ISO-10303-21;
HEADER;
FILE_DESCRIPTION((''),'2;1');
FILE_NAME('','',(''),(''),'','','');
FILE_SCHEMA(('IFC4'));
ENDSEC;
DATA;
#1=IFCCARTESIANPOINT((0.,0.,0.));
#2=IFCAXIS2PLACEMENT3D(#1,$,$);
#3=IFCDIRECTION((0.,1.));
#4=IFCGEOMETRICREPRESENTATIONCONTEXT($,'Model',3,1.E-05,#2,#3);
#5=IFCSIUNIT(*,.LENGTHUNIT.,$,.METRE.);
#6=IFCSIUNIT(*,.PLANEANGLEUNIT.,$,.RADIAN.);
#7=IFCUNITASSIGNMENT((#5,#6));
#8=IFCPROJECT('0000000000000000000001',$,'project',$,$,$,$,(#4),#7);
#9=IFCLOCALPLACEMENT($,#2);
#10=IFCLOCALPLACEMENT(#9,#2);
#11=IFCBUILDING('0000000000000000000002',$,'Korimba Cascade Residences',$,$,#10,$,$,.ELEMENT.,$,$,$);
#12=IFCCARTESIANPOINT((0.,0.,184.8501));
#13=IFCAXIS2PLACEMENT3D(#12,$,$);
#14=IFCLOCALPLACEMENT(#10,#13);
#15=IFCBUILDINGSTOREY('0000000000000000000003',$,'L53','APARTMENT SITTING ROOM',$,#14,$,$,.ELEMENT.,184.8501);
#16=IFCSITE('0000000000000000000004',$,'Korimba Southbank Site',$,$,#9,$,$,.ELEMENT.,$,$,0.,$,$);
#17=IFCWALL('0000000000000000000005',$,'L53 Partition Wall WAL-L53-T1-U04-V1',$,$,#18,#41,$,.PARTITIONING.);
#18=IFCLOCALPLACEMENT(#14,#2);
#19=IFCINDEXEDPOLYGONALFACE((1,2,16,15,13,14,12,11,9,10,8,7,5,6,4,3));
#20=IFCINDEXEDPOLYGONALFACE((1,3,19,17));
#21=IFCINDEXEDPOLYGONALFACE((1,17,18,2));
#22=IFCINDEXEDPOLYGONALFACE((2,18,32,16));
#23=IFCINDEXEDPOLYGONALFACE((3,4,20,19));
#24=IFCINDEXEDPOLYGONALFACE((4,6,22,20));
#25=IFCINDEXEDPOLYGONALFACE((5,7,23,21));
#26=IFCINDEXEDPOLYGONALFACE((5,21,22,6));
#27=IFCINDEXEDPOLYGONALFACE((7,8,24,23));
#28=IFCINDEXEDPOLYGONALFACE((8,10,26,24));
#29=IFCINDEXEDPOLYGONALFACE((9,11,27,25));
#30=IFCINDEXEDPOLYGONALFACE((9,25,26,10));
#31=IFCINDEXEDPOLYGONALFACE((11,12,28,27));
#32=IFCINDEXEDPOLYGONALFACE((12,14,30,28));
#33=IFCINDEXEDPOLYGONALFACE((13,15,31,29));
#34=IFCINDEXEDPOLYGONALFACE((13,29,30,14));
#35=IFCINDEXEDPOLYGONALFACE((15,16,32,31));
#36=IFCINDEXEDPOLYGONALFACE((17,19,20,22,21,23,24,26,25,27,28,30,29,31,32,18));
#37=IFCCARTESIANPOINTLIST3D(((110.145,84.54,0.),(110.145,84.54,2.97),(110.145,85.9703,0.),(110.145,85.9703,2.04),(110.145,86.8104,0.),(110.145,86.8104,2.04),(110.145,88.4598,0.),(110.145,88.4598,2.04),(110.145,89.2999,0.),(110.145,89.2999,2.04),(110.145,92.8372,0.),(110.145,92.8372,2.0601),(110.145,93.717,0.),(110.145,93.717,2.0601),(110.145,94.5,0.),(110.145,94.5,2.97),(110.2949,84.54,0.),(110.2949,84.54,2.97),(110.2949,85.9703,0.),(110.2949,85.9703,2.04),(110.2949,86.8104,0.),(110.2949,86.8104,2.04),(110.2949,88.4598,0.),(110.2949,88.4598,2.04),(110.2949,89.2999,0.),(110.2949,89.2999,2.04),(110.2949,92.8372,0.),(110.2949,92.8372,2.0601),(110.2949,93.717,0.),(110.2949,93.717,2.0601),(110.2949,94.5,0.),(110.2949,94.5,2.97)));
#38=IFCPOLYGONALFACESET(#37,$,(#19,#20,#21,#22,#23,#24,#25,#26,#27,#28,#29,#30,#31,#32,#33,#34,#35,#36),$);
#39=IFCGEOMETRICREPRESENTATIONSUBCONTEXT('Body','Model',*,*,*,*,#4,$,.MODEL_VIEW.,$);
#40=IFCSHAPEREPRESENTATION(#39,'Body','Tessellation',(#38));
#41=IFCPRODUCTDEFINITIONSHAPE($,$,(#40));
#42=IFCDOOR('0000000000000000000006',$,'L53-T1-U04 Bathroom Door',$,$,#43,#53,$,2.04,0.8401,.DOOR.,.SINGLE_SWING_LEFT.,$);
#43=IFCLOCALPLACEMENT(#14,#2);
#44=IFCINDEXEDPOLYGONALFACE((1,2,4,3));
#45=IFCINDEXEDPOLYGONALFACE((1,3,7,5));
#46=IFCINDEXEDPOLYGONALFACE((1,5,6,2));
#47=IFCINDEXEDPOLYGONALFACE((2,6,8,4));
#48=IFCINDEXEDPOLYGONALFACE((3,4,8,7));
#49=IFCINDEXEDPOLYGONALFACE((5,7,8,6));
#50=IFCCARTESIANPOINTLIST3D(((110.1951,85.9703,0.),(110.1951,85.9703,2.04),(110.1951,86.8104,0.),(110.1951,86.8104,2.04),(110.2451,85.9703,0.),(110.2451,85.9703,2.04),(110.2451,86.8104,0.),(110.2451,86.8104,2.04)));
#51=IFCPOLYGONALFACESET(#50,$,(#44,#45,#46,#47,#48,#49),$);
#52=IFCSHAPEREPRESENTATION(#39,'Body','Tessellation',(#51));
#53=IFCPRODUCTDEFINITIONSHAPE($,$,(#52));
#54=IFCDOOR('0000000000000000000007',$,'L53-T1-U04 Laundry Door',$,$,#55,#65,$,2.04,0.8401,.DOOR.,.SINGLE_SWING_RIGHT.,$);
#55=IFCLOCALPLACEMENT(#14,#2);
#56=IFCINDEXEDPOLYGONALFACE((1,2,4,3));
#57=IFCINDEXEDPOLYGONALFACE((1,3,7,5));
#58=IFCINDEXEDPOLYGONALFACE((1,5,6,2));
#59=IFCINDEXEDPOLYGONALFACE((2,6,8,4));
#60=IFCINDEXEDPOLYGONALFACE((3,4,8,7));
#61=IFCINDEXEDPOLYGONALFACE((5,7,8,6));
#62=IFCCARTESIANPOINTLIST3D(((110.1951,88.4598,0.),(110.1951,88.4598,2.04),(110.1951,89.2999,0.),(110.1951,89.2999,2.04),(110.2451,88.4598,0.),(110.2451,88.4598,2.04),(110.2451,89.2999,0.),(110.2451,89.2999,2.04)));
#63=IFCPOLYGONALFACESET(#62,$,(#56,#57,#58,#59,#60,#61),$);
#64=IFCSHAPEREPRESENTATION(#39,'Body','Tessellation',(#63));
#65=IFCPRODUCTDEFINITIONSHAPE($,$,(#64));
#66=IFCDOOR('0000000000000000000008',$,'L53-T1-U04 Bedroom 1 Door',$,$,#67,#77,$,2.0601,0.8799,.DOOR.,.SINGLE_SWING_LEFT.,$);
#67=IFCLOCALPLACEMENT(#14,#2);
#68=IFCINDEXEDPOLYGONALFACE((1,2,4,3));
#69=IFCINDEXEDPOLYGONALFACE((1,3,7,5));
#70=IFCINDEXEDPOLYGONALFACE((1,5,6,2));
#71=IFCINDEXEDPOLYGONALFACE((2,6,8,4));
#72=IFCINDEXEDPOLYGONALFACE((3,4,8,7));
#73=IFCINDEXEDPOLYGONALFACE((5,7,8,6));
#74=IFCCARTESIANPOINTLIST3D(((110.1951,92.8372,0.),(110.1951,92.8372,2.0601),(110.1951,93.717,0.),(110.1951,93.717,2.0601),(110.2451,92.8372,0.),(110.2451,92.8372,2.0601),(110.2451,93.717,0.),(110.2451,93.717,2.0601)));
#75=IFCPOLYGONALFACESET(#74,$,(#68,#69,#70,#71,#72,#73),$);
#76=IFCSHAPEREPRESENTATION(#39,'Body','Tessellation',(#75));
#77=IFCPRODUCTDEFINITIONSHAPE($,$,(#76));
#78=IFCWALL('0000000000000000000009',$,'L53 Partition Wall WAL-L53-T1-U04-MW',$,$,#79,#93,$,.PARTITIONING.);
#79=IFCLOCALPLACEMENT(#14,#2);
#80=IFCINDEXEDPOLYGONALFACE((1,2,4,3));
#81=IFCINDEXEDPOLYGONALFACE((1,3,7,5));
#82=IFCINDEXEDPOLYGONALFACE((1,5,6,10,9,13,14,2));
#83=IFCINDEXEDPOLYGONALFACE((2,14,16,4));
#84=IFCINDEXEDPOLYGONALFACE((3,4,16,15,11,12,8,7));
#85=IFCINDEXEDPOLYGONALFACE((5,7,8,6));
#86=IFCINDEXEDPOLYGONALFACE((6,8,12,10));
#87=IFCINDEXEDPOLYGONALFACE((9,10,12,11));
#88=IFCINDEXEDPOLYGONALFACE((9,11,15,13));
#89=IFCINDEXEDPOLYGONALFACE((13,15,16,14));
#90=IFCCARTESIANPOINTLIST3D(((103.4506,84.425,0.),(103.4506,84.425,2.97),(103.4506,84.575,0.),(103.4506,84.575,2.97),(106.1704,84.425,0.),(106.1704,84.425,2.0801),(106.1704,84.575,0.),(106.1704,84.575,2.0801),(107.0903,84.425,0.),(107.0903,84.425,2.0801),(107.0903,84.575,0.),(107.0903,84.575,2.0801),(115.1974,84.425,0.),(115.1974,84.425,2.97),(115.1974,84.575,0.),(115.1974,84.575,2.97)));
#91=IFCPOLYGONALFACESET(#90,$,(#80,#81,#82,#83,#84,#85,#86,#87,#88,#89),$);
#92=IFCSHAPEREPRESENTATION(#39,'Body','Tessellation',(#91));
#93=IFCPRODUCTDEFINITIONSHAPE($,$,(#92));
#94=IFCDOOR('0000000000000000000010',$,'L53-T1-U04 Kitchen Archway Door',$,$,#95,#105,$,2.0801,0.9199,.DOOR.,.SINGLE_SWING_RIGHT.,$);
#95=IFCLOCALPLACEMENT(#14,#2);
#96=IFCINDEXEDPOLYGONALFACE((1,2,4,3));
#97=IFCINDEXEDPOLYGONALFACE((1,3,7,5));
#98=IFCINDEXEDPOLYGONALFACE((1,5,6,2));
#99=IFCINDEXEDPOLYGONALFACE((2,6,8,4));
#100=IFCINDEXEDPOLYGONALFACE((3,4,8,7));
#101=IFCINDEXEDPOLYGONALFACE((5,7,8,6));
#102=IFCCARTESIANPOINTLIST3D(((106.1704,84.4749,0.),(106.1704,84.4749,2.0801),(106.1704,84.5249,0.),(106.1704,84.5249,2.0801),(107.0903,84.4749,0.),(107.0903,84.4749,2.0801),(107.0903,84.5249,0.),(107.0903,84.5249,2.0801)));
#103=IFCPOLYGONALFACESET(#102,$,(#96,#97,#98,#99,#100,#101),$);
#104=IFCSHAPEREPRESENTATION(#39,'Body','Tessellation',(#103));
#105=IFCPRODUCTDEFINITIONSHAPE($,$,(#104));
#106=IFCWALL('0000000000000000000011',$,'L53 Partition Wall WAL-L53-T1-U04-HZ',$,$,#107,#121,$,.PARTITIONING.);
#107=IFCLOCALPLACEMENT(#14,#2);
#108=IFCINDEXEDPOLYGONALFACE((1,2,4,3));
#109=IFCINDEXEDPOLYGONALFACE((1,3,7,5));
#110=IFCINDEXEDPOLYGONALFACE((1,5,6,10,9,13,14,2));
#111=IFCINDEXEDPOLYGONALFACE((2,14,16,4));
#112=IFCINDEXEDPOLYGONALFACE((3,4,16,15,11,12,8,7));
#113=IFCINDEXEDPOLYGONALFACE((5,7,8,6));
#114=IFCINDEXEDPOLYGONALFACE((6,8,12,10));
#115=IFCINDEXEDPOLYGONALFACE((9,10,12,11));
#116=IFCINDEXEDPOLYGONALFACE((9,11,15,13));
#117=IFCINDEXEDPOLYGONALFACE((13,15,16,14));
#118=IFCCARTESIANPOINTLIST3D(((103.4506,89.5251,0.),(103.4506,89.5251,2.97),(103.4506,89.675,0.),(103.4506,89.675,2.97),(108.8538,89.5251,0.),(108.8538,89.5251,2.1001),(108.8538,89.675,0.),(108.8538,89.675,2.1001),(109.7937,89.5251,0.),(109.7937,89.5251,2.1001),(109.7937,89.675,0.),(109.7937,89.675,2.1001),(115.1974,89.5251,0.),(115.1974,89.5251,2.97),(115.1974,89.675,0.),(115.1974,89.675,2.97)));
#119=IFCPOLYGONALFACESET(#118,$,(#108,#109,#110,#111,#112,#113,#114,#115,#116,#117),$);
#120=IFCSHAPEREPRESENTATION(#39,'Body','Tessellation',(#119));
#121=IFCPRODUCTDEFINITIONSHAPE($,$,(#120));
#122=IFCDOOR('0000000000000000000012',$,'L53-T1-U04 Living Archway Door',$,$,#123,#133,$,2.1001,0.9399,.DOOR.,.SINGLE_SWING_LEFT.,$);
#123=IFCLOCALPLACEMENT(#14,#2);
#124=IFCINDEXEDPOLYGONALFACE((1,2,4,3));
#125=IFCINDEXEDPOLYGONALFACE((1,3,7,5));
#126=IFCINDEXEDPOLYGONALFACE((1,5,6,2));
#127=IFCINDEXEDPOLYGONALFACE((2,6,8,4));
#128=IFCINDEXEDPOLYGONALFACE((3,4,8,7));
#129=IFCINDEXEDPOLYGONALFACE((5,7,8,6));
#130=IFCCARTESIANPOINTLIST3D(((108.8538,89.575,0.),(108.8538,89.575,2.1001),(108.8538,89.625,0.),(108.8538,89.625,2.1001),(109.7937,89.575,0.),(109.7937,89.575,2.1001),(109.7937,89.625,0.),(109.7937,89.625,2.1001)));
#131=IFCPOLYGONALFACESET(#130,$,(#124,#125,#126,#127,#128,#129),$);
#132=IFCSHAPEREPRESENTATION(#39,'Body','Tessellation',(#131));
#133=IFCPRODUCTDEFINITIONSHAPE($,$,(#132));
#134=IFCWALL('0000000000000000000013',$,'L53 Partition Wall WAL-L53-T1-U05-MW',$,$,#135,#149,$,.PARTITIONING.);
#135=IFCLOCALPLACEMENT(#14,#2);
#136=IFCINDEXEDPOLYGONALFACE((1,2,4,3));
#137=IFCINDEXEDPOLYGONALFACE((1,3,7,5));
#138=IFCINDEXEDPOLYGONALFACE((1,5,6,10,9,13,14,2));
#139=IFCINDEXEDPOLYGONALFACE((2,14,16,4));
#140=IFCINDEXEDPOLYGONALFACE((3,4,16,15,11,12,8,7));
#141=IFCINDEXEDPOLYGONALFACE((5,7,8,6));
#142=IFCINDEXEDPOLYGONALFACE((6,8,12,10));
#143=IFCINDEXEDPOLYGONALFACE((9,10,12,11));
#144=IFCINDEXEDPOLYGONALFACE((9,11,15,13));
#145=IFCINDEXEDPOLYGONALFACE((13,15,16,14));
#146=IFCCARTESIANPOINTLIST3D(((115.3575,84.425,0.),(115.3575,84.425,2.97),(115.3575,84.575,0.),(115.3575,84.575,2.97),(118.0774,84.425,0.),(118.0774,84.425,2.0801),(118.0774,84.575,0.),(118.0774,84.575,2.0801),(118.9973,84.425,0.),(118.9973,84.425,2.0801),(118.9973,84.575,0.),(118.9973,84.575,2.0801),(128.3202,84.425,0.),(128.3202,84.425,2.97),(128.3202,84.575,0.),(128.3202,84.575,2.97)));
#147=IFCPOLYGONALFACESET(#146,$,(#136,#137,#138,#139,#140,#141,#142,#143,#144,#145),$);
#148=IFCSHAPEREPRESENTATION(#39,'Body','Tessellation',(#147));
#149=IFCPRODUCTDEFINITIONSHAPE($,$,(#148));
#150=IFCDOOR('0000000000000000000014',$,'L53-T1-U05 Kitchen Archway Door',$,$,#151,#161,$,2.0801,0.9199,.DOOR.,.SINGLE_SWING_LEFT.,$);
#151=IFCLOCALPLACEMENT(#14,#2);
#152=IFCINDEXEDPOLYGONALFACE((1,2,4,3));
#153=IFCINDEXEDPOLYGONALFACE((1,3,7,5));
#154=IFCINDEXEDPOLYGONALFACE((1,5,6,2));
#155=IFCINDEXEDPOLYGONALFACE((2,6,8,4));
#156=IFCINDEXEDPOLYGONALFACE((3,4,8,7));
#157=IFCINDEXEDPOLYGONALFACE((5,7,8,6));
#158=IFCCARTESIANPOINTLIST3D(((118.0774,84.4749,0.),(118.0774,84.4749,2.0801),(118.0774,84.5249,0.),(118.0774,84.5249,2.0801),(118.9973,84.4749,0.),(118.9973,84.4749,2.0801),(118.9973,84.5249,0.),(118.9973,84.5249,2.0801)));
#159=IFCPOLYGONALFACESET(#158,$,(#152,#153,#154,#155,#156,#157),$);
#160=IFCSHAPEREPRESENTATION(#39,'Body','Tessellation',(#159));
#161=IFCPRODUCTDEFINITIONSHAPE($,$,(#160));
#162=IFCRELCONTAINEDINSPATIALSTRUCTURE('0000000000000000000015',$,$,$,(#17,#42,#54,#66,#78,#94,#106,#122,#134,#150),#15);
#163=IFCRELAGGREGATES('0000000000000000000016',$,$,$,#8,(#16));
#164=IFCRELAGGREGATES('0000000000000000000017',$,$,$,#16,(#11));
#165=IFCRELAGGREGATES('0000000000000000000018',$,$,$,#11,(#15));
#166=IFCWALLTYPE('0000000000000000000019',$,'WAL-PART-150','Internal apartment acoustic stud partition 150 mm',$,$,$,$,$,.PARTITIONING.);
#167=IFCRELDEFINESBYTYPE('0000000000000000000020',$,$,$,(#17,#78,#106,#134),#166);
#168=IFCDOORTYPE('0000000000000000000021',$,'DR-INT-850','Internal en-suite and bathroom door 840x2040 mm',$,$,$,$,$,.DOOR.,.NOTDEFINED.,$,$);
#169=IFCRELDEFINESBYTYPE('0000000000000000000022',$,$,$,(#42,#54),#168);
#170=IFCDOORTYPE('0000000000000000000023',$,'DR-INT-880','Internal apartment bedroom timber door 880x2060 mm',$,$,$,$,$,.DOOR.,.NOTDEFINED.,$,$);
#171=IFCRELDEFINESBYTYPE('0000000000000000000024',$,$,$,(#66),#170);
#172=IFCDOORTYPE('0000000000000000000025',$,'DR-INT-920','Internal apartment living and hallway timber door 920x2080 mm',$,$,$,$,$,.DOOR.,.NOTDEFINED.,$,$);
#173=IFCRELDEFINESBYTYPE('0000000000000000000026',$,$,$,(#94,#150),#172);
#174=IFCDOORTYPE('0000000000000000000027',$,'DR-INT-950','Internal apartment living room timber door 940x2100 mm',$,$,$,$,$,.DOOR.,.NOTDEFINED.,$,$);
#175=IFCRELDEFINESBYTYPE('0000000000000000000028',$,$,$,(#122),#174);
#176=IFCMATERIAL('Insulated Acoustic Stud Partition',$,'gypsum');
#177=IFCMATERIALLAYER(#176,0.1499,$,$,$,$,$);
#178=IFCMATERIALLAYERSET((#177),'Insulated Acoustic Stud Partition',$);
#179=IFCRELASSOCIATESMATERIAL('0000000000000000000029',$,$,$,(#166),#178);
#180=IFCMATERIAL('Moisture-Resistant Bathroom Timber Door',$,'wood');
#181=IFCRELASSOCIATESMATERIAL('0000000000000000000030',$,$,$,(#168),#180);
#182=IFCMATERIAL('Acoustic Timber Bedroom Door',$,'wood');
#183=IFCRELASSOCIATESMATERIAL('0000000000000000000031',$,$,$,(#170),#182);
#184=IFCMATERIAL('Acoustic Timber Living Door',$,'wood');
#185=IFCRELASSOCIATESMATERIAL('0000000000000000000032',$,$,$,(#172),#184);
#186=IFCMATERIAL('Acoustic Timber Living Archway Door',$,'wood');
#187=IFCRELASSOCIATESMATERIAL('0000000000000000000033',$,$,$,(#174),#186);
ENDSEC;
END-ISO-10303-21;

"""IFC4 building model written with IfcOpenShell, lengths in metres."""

from ifc_helpers import new_model, si_unit, direction, frame, frame_2d, origin, place, context, subcontext, project, spatial, rectangle, extrude, material, layer, layer_set, type_object, element, fill, save


model = new_model("IFC4")

# Units and contexts
model_context = context("Model", 3, precision=1e-05, world=origin(), true_north=direction((0.0, 1.0)))
body_context = subcontext(model_context, "Body", "Model", "MODEL_VIEW")
ifc_project = project(units=[si_unit("LENGTHUNIT", "METRE"), si_unit("PLANEANGLEUNIT", "RADIAN")], contexts=[model_context])

# Site, building, storey
site_placement = place(None, origin())
site = spatial("IfcSite", under=ifc_project, at=site_placement, Name="Korimba Southbank Site", CompositionType="ELEMENT", RefElevation=0.0)
building_placement = place(site_placement, origin())
building = spatial("IfcBuilding", under=site, at=building_placement, Name="Korimba Cascade Residences", CompositionType="ELEMENT")
storey_placement = place(building_placement, frame((0.0, 0.0, 184.8501)))
storey = spatial("IfcBuildingStorey", under=building, at=storey_placement, Name="L53", Description="APARTMENT SITTING ROOM", CompositionType="ELEMENT", Elevation=184.8501)

# Shared definitions
ifc_material_1 = material(Name="Insulated Acoustic Stud Partition", Category="gypsum")
ifc_layer = layer(ifc_material_1, 0.1499)
ifc_layer_set = layer_set([ifc_layer], Name="Insulated Acoustic Stud Partition")
wall_type = type_object("IfcWallType", Name="WAL-PART-150", Description="Internal apartment acoustic stud partition 150 mm", PredefinedType="PARTITIONING", material=ifc_layer_set)
ifc_material_2 = material(Name="Moisture-Resistant Bathroom Timber Door", Category="wood")
door_type_1 = type_object("IfcDoorType", Name="DR-INT-850", Description="Internal en-suite and bathroom door 840x2040 mm", OperationType="NOTDEFINED", PredefinedType="DOOR", material=ifc_material_2)

# Wall, openings, doors
wall_1_placement = place(storey_placement, frame((110.22, 84.54, 0.0), z_axis=(0.0, 0.0, 1.0), x_axis=(0.0, 1.0, 0.0)))
wall_1 = element("IfcWall", 1, at=wall_1_placement, inside=storey, type_object=wall_type, Name="L53 Partition Wall WAL-L53-T1-U04-V1", PredefinedType="PARTITIONING", context=body_context, shape_type="SweptSolid", body=[
    extrude(rectangle(XDim=9.96, YDim=0.1499, at=frame_2d((4.98, 0.0))), origin(), (0.0, 0.0, 1.0), 2.97),
])
opening_1_placement = place(wall_1_placement, frame((1.4304, 0.0, 0.0)))
opening_1 = element("IfcOpeningElement", 2, at=opening_1_placement, cuts=wall_1, PredefinedType="OPENING", context=body_context, shape_type="SweptSolid", body=[
    extrude(rectangle(XDim=0.8401, YDim=2.04, at=frame_2d((0.4199, 1.02))), frame((0.0, 0.085, 0.0), z_axis=(0.0, -1.0, 0.0), x_axis=(1.0, 0.0, 0.0)), (0.0, 0.0, 1.0), 0.1699),
])
opening_2_placement = place(wall_1_placement, frame((3.9199, 0.0, 0.0)))
opening_2 = element("IfcOpeningElement", 3, at=opening_2_placement, cuts=wall_1, PredefinedType="OPENING", context=body_context, shape_type="SweptSolid", body=[
    extrude(rectangle(XDim=0.8401, YDim=2.04, at=frame_2d((0.4199, 1.02))), frame((0.0, 0.085, 0.0), z_axis=(0.0, -1.0, 0.0), x_axis=(1.0, 0.0, 0.0)), (0.0, 0.0, 1.0), 0.1699),
])
opening_3_placement = place(wall_1_placement, frame((8.2971, 0.0, 0.0)))
opening_3 = element("IfcOpeningElement", 4, at=opening_3_placement, cuts=wall_1, PredefinedType="OPENING", context=body_context, shape_type="SweptSolid", body=[
    extrude(rectangle(XDim=0.8799, YDim=2.0601, at=frame_2d((0.4399, 1.03))), frame((0.0, 0.085, 0.0), z_axis=(0.0, -1.0, 0.0), x_axis=(1.0, 0.0, 0.0)), (0.0, 0.0, 1.0), 0.1699),
])
door_1_placement = place(opening_1_placement, origin())
door_1 = element("IfcDoor", 5, at=door_1_placement, inside=storey, type_object=door_type_1, Name="L53-T1-U04 Bathroom Door", OperationType="SINGLE_SWING_LEFT", OverallHeight=2.04, OverallWidth=0.8401, PredefinedType="DOOR", context=body_context, shape_type="SweptSolid", body=[
    extrude(rectangle(XDim=0.8401, YDim=2.04, at=frame_2d((0.4199, 1.02))), frame((0.0, 0.0249, 0.0), z_axis=(0.0, -1.0, 0.0), x_axis=(1.0, 0.0, 0.0)), (0.0, 0.0, 1.0), 0.05),
])
fill(opening_1, door_1)
door_2_placement = place(opening_2_placement, origin())
door_2 = element("IfcDoor", 6, at=door_2_placement, inside=storey, type_object=door_type_1, Name="L53-T1-U04 Laundry Door", OperationType="SINGLE_SWING_RIGHT", OverallHeight=2.04, OverallWidth=0.8401, PredefinedType="DOOR", context=body_context, shape_type="SweptSolid", body=[
    extrude(rectangle(XDim=0.8401, YDim=2.04, at=frame_2d((0.4199, 1.02))), frame((0.0, 0.0249, 0.0), z_axis=(0.0, -1.0, 0.0), x_axis=(1.0, 0.0, 0.0)), (0.0, 0.0, 1.0), 0.05),
])
fill(opening_2, door_2)
ifc_material_3 = material(Name="Acoustic Timber Bedroom Door", Category="wood")
door_type_2 = type_object("IfcDoorType", Name="DR-INT-880", Description="Internal apartment bedroom timber door 880x2060 mm", OperationType="NOTDEFINED", PredefinedType="DOOR", material=ifc_material_3)
door_3_placement = place(opening_3_placement, origin())
door_3 = element("IfcDoor", 7, at=door_3_placement, inside=storey, type_object=door_type_2, Name="L53-T1-U04 Bedroom 1 Door", OperationType="SINGLE_SWING_LEFT", OverallHeight=2.0601, OverallWidth=0.8799, PredefinedType="DOOR", context=body_context, shape_type="SweptSolid", body=[
    extrude(rectangle(XDim=0.8799, YDim=2.0601, at=frame_2d((0.4399, 1.03))), frame((0.0, 0.0249, 0.0), z_axis=(0.0, -1.0, 0.0), x_axis=(1.0, 0.0, 0.0)), (0.0, 0.0, 1.0), 0.05),
])
fill(opening_3, door_3)

# Walls, openings, doors
wall_2_placement = place(storey_placement, frame((103.4504, 84.5, 0.0), z_axis=(0.0, 0.0, 1.0), x_axis=(1.0, 0.0, 0.0)))
wall_2 = element("IfcWall", 8, at=wall_2_placement, inside=storey, type_object=wall_type, Name="L53 Partition Wall WAL-L53-T1-U04-MW", PredefinedType="PARTITIONING", context=body_context, shape_type="SweptSolid", body=[
    extrude(rectangle(XDim=11.7468, YDim=0.1499, at=frame_2d((5.8735, 0.0))), origin(), (0.0, 0.0, 1.0), 2.97),
])
opening_4_placement = place(wall_2_placement, frame((2.72, 0.0, 0.0)))
opening_4 = element("IfcOpeningElement", 9, at=opening_4_placement, cuts=wall_2, PredefinedType="OPENING", context=body_context, shape_type="SweptSolid", body=[
    extrude(rectangle(XDim=0.9199, YDim=2.0801, at=frame_2d((0.46, 1.04))), frame((0.0, 0.085, 0.0), z_axis=(0.0, -1.0, 0.0), x_axis=(1.0, 0.0, 0.0)), (0.0, 0.0, 1.0), 0.1699),
])
ifc_material_4 = material(Name="Acoustic Timber Living Door", Category="wood")
door_type_3 = type_object("IfcDoorType", Name="DR-INT-920", Description="Internal apartment living and hallway timber door 920x2080 mm", OperationType="NOTDEFINED", PredefinedType="DOOR", material=ifc_material_4)
door_4_placement = place(opening_4_placement, origin())
door_4 = element("IfcDoor", 10, at=door_4_placement, inside=storey, type_object=door_type_3, Name="L53-T1-U04 Kitchen Archway Door", OperationType="SINGLE_SWING_RIGHT", OverallHeight=2.0801, OverallWidth=0.9199, PredefinedType="DOOR", context=body_context, shape_type="SweptSolid", body=[
    extrude(rectangle(XDim=0.9199, YDim=2.0801, at=frame_2d((0.46, 1.04))), frame((0.0, 0.0249, 0.0), z_axis=(0.0, -1.0, 0.0), x_axis=(1.0, 0.0, 0.0)), (0.0, 0.0, 1.0), 0.05),
])
fill(opening_4, door_4)
wall_3_placement = place(storey_placement, frame((103.4504, 89.6001, 0.0), z_axis=(0.0, 0.0, 1.0), x_axis=(1.0, 0.0, 0.0)))
wall_3 = element("IfcWall", 11, at=wall_3_placement, inside=storey, type_object=wall_type, Name="L53 Partition Wall WAL-L53-T1-U04-HZ", PredefinedType="PARTITIONING", context=body_context, shape_type="SweptSolid", body=[
    extrude(rectangle(XDim=11.7468, YDim=0.1499, at=frame_2d((5.8735, 0.0))), origin(), (0.0, 0.0, 1.0), 2.97),
])
opening_5_placement = place(wall_3_placement, frame((5.4033, 0.0, 0.0)))
opening_5 = element("IfcOpeningElement", 12, at=opening_5_placement, cuts=wall_3, PredefinedType="OPENING", context=body_context, shape_type="SweptSolid", body=[
    extrude(rectangle(XDim=0.9399, YDim=2.1001, at=frame_2d((0.47, 1.05))), frame((0.0, 0.085, 0.0), z_axis=(0.0, -1.0, 0.0), x_axis=(1.0, 0.0, 0.0)), (0.0, 0.0, 1.0), 0.1699),
])
ifc_material_5 = material(Name="Acoustic Timber Living Archway Door", Category="wood")
door_type_4 = type_object("IfcDoorType", Name="DR-INT-950", Description="Internal apartment living room timber door 940x2100 mm", OperationType="NOTDEFINED", PredefinedType="DOOR", material=ifc_material_5)
door_5_placement = place(opening_5_placement, origin())
door_5 = element("IfcDoor", 13, at=door_5_placement, inside=storey, type_object=door_type_4, Name="L53-T1-U04 Living Archway Door", OperationType="SINGLE_SWING_LEFT", OverallHeight=2.1001, OverallWidth=0.9399, PredefinedType="DOOR", context=body_context, shape_type="SweptSolid", body=[
    extrude(rectangle(XDim=0.9399, YDim=2.1001, at=frame_2d((0.47, 1.05))), frame((0.0, 0.0249, 0.0), z_axis=(0.0, -1.0, 0.0), x_axis=(1.0, 0.0, 0.0)), (0.0, 0.0, 1.0), 0.05),
])
fill(opening_5, door_5)
wall_4_placement = place(storey_placement, frame((115.3574, 84.5, 0.0), z_axis=(0.0, 0.0, 1.0), x_axis=(1.0, 0.0, 0.0)))
wall_4 = element("IfcWall", 14, at=wall_4_placement, inside=storey, type_object=wall_type, Name="L53 Partition Wall WAL-L53-T1-U05-MW", PredefinedType="PARTITIONING", context=body_context, shape_type="SweptSolid", body=[
    extrude(rectangle(XDim=12.9626, YDim=0.1499, at=frame_2d((6.4814, 0.0))), origin(), (0.0, 0.0, 1.0), 2.97),
])
opening_6_placement = place(wall_4_placement, frame((2.72, 0.0, 0.0)))
opening_6 = element("IfcOpeningElement", 15, at=opening_6_placement, cuts=wall_4, PredefinedType="OPENING", context=body_context, shape_type="SweptSolid", body=[
    extrude(rectangle(XDim=0.9199, YDim=2.0801, at=frame_2d((0.46, 1.04))), frame((0.0, 0.085, 0.0), z_axis=(0.0, -1.0, 0.0), x_axis=(1.0, 0.0, 0.0)), (0.0, 0.0, 1.0), 0.1699),
])
door_6_placement = place(opening_6_placement, origin())
door_6 = element("IfcDoor", 16, at=door_6_placement, inside=storey, type_object=door_type_3, Name="L53-T1-U05 Kitchen Archway Door", OperationType="SINGLE_SWING_LEFT", OverallHeight=2.0801, OverallWidth=0.9199, PredefinedType="DOOR", context=body_context, shape_type="SweptSolid", body=[
    extrude(rectangle(XDim=0.9199, YDim=2.0801, at=frame_2d((0.46, 1.04))), frame((0.0, 0.0249, 0.0), z_axis=(0.0, -1.0, 0.0), x_axis=(1.0, 0.0, 0.0)), (0.0, 0.0, 1.0), 0.05),
])
fill(opening_6, door_6)

save(model, "model.ifc")
